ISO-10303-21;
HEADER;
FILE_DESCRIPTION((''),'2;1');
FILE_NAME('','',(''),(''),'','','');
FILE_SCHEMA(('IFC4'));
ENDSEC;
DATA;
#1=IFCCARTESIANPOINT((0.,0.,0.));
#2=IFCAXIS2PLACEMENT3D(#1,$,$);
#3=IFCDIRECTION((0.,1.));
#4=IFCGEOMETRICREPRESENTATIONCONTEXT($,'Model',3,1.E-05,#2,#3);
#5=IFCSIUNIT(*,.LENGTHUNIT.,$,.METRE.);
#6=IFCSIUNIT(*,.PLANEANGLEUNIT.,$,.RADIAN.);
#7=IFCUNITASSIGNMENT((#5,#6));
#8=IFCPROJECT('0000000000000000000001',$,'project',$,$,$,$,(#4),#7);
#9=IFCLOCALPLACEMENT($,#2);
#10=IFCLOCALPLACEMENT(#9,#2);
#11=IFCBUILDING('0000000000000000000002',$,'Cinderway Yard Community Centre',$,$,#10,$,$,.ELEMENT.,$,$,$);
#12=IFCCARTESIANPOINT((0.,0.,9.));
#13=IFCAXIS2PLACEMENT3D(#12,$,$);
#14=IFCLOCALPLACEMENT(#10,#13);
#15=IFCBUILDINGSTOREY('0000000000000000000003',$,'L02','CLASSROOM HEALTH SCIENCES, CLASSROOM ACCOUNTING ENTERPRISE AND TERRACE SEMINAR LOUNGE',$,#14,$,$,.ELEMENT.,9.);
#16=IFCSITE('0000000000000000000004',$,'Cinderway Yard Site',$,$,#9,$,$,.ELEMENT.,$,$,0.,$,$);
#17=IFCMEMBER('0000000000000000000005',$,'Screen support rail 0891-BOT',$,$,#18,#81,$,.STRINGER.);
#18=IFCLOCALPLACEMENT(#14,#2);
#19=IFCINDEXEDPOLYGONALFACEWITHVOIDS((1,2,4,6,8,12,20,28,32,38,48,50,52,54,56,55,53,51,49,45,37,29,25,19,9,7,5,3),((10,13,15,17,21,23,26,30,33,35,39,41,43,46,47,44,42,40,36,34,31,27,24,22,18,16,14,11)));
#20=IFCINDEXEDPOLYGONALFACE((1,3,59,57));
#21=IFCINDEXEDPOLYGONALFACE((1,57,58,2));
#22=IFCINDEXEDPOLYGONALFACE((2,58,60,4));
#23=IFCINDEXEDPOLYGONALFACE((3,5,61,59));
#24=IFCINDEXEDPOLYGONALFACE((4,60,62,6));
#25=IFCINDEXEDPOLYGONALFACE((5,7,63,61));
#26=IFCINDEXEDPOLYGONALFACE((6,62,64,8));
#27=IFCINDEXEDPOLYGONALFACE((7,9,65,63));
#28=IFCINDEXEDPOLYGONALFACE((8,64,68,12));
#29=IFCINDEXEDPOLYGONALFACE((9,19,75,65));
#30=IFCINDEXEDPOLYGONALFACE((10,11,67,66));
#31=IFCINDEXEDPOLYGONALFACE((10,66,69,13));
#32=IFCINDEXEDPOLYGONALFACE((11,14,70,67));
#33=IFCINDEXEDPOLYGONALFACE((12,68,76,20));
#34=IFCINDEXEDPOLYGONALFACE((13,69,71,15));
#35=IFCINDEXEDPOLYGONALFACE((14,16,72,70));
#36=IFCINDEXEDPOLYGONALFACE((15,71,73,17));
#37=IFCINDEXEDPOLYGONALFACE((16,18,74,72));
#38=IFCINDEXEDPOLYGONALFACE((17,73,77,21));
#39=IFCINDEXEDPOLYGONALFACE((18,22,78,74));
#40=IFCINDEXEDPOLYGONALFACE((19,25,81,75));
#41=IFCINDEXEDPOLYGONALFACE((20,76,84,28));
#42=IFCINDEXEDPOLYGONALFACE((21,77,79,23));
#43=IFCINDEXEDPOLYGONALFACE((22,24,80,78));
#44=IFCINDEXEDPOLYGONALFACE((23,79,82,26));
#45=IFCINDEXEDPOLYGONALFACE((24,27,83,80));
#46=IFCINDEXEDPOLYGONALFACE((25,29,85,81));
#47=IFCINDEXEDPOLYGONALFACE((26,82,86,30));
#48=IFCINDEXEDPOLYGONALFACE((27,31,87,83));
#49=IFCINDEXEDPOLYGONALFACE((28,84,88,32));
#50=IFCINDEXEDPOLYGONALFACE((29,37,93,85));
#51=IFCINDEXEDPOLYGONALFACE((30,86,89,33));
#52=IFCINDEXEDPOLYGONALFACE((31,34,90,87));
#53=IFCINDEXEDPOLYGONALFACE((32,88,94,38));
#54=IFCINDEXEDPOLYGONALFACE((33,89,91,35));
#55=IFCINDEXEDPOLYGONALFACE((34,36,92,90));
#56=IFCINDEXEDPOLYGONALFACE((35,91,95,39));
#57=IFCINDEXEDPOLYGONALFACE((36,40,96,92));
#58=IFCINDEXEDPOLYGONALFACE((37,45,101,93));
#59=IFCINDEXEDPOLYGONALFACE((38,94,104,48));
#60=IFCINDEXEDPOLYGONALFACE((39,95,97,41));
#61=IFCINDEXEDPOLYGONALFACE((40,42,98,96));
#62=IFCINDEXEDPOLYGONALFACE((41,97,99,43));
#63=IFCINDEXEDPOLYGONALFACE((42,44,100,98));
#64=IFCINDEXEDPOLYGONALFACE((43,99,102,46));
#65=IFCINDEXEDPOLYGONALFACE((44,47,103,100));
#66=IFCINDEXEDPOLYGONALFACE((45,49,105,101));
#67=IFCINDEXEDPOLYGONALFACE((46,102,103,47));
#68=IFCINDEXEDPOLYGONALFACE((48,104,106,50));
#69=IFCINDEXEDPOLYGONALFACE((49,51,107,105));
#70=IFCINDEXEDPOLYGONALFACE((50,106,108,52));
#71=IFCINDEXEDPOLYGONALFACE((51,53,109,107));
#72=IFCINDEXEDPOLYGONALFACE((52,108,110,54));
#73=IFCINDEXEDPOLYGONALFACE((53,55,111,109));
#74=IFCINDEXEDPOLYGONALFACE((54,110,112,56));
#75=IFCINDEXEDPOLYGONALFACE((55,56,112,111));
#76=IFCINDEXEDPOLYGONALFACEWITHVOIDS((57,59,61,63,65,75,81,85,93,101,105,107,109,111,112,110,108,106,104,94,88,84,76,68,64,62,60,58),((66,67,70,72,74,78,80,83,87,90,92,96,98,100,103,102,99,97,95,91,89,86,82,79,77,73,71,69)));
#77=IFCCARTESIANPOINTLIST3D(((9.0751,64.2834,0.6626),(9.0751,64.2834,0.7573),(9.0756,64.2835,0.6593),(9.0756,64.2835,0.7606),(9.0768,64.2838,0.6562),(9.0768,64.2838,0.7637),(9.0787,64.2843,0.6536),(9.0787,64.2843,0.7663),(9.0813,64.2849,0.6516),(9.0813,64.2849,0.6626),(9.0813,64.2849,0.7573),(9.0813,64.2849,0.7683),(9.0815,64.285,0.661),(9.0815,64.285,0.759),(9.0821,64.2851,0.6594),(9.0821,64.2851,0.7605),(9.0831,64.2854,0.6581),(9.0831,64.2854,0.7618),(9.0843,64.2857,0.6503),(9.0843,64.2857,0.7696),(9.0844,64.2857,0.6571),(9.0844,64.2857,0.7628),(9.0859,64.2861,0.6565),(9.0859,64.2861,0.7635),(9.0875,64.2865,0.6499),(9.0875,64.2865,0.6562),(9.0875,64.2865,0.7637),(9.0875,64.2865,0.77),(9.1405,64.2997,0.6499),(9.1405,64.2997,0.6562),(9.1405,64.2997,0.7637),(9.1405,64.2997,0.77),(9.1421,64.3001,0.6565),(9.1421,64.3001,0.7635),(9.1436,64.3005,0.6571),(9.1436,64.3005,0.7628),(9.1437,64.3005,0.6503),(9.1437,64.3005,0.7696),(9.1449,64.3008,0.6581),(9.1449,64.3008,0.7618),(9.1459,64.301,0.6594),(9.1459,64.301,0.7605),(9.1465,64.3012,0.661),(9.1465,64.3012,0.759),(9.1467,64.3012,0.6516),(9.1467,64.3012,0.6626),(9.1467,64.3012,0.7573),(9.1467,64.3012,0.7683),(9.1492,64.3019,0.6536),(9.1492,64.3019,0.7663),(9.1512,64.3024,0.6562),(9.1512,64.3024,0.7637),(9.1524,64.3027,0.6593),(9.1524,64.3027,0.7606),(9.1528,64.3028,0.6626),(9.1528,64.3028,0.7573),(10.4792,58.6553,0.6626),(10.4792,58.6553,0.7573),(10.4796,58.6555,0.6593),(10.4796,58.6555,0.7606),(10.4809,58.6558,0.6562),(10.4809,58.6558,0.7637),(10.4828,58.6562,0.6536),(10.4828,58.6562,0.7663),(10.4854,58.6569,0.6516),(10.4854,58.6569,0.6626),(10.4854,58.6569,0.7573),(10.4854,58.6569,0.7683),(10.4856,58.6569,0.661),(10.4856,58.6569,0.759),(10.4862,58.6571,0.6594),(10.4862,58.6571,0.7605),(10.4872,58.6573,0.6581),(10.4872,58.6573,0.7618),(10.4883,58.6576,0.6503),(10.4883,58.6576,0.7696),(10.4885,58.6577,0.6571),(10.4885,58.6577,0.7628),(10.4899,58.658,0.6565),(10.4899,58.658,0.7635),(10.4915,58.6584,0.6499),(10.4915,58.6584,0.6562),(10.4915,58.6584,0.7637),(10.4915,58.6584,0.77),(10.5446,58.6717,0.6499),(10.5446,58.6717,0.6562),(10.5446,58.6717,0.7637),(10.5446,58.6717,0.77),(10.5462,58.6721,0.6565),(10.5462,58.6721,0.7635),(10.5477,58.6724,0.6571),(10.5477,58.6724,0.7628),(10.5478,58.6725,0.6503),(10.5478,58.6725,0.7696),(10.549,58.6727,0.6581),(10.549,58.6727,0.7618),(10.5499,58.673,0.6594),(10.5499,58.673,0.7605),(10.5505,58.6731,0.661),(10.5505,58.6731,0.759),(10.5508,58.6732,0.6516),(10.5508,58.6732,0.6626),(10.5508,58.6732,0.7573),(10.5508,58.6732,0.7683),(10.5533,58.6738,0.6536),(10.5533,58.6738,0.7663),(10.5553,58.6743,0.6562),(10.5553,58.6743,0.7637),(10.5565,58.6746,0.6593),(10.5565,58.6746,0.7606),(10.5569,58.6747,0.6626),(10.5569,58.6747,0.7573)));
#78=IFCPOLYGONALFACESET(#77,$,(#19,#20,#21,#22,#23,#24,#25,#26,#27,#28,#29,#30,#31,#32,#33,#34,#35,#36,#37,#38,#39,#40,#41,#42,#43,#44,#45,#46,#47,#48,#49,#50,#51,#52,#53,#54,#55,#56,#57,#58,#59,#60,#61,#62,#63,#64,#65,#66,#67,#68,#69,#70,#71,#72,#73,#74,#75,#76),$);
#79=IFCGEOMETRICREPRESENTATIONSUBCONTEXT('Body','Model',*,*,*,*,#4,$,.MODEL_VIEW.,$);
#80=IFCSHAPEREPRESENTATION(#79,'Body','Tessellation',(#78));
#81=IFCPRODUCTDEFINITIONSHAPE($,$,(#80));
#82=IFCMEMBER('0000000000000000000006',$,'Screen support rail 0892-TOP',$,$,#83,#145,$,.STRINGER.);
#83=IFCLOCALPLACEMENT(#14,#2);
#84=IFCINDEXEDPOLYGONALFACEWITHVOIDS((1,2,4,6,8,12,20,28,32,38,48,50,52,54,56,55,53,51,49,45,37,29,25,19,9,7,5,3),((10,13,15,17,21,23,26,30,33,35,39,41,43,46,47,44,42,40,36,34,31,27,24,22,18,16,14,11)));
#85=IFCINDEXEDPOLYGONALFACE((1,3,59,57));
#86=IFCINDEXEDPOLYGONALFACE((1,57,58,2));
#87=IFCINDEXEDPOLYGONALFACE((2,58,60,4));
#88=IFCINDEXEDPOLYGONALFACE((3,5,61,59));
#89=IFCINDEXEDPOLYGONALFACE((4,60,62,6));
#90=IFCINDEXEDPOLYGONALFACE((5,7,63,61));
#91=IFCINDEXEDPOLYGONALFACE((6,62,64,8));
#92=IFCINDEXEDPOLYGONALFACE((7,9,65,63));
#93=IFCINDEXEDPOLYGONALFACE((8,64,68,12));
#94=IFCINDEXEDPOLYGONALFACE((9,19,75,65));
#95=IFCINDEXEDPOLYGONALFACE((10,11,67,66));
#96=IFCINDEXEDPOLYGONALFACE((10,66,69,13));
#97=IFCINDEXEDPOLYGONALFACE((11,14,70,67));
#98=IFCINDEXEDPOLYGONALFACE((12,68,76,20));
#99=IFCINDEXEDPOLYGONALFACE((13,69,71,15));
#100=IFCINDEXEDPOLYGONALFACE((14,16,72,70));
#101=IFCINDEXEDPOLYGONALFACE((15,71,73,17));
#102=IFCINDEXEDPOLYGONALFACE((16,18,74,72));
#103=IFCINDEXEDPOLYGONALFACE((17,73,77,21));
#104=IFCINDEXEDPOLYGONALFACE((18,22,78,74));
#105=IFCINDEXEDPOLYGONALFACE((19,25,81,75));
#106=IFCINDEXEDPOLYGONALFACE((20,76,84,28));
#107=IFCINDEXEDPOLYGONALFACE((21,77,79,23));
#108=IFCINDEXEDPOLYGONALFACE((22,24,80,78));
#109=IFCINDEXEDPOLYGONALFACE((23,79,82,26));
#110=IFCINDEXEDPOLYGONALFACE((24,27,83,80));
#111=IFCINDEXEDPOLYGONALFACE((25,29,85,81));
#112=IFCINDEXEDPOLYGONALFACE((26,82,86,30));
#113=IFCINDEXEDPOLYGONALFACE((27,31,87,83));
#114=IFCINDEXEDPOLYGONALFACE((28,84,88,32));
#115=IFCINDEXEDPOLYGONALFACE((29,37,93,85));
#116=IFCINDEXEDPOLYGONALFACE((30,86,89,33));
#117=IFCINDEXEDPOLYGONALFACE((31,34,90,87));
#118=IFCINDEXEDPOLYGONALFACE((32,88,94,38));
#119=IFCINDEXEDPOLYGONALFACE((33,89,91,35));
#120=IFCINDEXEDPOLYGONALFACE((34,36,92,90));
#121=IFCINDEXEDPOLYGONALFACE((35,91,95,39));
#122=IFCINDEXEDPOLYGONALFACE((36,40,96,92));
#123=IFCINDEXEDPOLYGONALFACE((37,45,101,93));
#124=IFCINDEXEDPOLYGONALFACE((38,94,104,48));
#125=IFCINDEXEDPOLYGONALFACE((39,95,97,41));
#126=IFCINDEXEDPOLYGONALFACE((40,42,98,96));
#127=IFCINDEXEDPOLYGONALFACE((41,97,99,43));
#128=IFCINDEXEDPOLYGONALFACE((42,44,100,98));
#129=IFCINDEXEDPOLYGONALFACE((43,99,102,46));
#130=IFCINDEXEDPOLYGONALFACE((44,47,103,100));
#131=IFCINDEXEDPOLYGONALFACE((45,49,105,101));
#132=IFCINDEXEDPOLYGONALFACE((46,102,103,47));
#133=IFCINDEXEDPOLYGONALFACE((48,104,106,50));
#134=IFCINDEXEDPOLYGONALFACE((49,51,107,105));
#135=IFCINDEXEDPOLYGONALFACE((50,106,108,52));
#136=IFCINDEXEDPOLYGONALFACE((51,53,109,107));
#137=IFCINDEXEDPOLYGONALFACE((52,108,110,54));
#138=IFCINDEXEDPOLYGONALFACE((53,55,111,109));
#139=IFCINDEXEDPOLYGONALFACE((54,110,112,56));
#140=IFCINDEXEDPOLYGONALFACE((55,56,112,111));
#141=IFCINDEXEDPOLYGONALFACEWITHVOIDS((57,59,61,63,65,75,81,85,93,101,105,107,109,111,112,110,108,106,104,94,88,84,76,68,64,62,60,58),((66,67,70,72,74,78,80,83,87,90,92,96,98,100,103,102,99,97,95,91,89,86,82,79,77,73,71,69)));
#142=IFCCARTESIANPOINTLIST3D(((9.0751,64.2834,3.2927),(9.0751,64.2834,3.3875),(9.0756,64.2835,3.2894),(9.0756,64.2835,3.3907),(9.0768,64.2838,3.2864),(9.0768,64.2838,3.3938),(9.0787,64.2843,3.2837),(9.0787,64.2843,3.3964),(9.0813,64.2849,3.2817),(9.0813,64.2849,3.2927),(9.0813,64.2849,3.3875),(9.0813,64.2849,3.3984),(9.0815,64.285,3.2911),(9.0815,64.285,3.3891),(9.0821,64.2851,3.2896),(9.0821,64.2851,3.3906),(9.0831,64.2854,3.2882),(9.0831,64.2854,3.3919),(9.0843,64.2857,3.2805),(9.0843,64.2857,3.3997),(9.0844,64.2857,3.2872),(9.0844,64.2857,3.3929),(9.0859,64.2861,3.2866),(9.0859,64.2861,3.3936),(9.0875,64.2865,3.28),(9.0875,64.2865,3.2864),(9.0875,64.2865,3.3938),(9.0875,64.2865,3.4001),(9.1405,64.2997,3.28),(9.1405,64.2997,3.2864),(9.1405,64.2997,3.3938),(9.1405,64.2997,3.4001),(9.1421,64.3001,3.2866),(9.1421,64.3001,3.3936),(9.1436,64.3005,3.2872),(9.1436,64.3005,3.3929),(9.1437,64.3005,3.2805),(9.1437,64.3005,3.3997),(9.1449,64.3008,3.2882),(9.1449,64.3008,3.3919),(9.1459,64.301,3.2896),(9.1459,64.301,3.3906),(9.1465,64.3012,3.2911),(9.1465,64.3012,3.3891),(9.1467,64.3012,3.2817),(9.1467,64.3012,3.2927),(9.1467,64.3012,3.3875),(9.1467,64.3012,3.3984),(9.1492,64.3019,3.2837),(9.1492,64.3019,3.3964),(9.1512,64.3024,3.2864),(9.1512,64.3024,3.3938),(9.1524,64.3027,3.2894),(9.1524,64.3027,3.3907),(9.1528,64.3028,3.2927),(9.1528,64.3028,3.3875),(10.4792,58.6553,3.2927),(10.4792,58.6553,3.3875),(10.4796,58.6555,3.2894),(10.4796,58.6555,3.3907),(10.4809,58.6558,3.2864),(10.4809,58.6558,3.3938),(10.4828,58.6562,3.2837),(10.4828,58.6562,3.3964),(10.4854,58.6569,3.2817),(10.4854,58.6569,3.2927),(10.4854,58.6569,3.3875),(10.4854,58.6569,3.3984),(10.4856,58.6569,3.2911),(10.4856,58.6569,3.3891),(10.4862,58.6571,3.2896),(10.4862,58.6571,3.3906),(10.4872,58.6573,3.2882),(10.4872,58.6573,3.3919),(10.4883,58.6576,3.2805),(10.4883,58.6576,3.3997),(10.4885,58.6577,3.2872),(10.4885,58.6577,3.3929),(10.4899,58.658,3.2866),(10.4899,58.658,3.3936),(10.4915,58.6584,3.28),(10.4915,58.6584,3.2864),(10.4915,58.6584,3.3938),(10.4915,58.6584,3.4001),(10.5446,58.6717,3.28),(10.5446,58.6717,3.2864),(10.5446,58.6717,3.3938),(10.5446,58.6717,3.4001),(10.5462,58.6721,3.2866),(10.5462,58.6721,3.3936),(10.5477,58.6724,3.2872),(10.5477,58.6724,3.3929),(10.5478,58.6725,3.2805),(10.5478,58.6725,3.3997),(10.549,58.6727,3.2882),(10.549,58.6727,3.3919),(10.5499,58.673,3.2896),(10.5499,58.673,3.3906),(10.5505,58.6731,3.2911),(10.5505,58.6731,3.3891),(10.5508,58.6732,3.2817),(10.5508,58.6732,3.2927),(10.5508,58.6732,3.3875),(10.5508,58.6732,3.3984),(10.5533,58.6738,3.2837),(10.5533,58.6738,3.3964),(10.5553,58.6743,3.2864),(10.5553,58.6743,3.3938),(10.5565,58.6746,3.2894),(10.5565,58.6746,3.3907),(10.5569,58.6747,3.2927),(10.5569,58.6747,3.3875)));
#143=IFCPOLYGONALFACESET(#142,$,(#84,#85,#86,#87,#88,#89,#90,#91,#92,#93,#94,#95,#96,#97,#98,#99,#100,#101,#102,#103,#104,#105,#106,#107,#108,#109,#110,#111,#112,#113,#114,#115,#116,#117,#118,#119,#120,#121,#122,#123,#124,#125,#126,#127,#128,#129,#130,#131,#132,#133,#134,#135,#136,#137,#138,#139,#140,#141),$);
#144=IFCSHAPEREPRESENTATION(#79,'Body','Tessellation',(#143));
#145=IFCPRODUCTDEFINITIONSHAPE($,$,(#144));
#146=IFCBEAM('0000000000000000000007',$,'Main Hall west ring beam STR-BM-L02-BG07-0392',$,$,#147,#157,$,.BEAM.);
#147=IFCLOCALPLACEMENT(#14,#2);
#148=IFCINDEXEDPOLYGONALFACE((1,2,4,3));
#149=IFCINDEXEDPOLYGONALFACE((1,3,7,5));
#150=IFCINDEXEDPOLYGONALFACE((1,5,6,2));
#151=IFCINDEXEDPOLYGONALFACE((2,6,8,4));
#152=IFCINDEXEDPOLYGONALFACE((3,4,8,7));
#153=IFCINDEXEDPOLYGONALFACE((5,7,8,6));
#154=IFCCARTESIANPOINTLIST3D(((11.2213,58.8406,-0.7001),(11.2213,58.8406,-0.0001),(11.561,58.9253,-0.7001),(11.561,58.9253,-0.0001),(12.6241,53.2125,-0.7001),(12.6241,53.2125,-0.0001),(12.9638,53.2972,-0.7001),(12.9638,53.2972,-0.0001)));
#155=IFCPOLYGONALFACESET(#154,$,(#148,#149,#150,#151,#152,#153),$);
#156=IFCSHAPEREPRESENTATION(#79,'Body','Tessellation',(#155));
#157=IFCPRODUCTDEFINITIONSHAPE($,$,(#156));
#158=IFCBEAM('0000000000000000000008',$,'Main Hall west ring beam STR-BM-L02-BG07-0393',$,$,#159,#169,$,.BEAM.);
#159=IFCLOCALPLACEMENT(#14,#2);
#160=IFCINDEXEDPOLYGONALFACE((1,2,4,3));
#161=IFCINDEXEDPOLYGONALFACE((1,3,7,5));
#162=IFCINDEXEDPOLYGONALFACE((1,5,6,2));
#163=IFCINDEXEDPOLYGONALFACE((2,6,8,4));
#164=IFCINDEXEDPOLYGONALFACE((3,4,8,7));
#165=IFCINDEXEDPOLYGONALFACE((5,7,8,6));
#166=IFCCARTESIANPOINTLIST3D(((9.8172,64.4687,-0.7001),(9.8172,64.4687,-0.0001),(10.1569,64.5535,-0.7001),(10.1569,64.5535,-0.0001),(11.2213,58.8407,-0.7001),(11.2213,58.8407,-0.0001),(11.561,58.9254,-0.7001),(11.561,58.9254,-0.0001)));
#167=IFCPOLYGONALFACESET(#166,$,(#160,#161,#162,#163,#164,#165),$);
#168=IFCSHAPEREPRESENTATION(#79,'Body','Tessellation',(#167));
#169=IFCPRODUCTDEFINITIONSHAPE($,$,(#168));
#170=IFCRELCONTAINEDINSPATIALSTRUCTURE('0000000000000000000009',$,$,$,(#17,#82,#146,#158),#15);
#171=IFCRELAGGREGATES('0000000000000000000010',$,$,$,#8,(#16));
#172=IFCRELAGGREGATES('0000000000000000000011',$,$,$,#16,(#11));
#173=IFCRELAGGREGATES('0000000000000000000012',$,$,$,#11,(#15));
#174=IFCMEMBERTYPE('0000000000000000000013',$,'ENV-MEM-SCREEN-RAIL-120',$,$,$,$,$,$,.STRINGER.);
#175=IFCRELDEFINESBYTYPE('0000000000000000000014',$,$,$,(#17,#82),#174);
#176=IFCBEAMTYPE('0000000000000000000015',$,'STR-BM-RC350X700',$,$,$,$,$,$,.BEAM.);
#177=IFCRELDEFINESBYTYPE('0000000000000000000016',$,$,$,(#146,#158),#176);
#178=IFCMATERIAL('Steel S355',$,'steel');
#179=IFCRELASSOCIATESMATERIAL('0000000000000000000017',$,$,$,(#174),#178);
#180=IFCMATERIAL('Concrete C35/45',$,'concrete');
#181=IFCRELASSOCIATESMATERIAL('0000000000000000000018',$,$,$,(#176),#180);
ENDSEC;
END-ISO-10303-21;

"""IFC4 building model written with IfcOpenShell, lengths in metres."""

from ifc_helpers import new_model, si_unit, direction, frame, origin, origin_2d, place, context, subcontext, project, spatial, rectangle, hollow_rectangle, extrude, material, material_profile, profile_set, type_object, element, save


model = new_model("IFC4")

# Units and contexts
model_context = context("Model", 3, precision=1e-05, world=origin(), true_north=direction((0.0, 1.0)))
body_context = subcontext(model_context, "Body", "Model", "MODEL_VIEW")
ifc_project = project(units=[si_unit("LENGTHUNIT", "METRE"), si_unit("PLANEANGLEUNIT", "RADIAN")], contexts=[model_context])

# Site, building, storey
site_placement = place(None, origin())
site = spatial("IfcSite", under=ifc_project, at=site_placement, Name="Cinderway Yard Site", CompositionType="ELEMENT", RefElevation=0.0)
building_placement = place(site_placement, origin())
building = spatial("IfcBuilding", under=site, at=building_placement, Name="Cinderway Yard Community Centre", CompositionType="ELEMENT")
storey_placement = place(building_placement, frame((0.0, 0.0, 9.0)))
storey = spatial("IfcBuildingStorey", under=building, at=storey_placement, Name="L02", Description="CLASSROOM HEALTH SCIENCES, CLASSROOM ACCOUNTING ENTERPRISE AND TERRACE SEMINAR LOUNGE", CompositionType="ELEMENT", Elevation=9.0)

# Members
ifc_material_1 = material(Name="Steel S355", Category="steel")
ifc_material_profile_1 = material_profile(ifc_material_1, hollow_rectangle(XDim=0.0801, YDim=0.1201, WallThickness=0.0063, InnerFilletRadius=0.0063, OuterFilletRadius=0.0127, at=origin_2d()), Name="Steel S355")
ifc_profile_set_1 = profile_set([ifc_material_profile_1], Name="Steel S355")
member_type_1 = type_object("IfcMemberType", Name="ENV-MEM-SCREEN-RAIL-120", PredefinedType="STRINGER", material=ifc_profile_set_1)
for number, where, z_axis, x_axis, name in (
    (1, (10.5181, 58.665, 0.71), (-0.24206, 0.970261, 0.0), (-0.970261, -0.24206, 0.0), "Screen support rail 0891-BOT"),
    (2, (10.5181, 58.665, 3.3401), (-0.24206, 0.970261, 0.0), (-0.970261, -0.24206, 0.0), "Screen support rail 0892-TOP"),
):
    element("IfcMember", number, at=place(storey_placement, frame(where, z_axis=z_axis, x_axis=x_axis)), inside=storey, type_object=member_type_1, Name=name, PredefinedType="STRINGER", context=body_context, shape_type="SweptSolid", body=[
        extrude(hollow_rectangle(XDim=0.0801, YDim=0.1201, WallThickness=0.0063, InnerFilletRadius=0.0063, OuterFilletRadius=0.0127, at=origin_2d()), origin(), (0.0, 0.0, 1.0), 5.8005),
    ])

# Beams
ifc_material_2 = material(Name="Concrete C35/45", Category="concrete")
ifc_material_profile_2 = material_profile(ifc_material_2, rectangle(XDim=0.3501, YDim=0.7, at=origin_2d()), Name="Concrete C35/45")
ifc_profile_set_2 = profile_set([ifc_material_profile_2], Name="Concrete C35/45")
beam_type = type_object("IfcBeamType", Name="STR-BM-RC350X700", PredefinedType="BEAM", material=ifc_profile_set_2)
beam_1_placement = place(storey_placement, frame((12.7939, 53.2549, -0.3501), z_axis=(-0.241852, 0.970313, 0.0), x_axis=(-0.970313, -0.241852, 0.0)))
element("IfcBeam", 3, at=beam_1_placement, inside=storey, type_object=beam_type, Name="Main Hall west ring beam STR-BM-L02-BG07-0392", PredefinedType="BEAM", context=body_context, shape_type="SweptSolid", body=[
    extrude(rectangle(XDim=0.3501, YDim=0.7, at=origin_2d()), origin(), (0.0, 0.0, 1.0), 5.8003),
])
beam_2_placement = place(storey_placement, frame((11.3911, 58.8831, -0.3501), z_axis=(-0.24206, 0.970261, 0.0), x_axis=(-0.970261, -0.24206, 0.0)))
element("IfcBeam", 4, at=beam_2_placement, inside=storey, type_object=beam_type, Name="Main Hall west ring beam STR-BM-L02-BG07-0393", PredefinedType="BEAM", context=body_context, shape_type="SweptSolid", body=[
    extrude(rectangle(XDim=0.3501, YDim=0.7, at=origin_2d()), origin(), (0.0, 0.0, 1.0), 5.8005),
])

save(model, "model.ifc")
